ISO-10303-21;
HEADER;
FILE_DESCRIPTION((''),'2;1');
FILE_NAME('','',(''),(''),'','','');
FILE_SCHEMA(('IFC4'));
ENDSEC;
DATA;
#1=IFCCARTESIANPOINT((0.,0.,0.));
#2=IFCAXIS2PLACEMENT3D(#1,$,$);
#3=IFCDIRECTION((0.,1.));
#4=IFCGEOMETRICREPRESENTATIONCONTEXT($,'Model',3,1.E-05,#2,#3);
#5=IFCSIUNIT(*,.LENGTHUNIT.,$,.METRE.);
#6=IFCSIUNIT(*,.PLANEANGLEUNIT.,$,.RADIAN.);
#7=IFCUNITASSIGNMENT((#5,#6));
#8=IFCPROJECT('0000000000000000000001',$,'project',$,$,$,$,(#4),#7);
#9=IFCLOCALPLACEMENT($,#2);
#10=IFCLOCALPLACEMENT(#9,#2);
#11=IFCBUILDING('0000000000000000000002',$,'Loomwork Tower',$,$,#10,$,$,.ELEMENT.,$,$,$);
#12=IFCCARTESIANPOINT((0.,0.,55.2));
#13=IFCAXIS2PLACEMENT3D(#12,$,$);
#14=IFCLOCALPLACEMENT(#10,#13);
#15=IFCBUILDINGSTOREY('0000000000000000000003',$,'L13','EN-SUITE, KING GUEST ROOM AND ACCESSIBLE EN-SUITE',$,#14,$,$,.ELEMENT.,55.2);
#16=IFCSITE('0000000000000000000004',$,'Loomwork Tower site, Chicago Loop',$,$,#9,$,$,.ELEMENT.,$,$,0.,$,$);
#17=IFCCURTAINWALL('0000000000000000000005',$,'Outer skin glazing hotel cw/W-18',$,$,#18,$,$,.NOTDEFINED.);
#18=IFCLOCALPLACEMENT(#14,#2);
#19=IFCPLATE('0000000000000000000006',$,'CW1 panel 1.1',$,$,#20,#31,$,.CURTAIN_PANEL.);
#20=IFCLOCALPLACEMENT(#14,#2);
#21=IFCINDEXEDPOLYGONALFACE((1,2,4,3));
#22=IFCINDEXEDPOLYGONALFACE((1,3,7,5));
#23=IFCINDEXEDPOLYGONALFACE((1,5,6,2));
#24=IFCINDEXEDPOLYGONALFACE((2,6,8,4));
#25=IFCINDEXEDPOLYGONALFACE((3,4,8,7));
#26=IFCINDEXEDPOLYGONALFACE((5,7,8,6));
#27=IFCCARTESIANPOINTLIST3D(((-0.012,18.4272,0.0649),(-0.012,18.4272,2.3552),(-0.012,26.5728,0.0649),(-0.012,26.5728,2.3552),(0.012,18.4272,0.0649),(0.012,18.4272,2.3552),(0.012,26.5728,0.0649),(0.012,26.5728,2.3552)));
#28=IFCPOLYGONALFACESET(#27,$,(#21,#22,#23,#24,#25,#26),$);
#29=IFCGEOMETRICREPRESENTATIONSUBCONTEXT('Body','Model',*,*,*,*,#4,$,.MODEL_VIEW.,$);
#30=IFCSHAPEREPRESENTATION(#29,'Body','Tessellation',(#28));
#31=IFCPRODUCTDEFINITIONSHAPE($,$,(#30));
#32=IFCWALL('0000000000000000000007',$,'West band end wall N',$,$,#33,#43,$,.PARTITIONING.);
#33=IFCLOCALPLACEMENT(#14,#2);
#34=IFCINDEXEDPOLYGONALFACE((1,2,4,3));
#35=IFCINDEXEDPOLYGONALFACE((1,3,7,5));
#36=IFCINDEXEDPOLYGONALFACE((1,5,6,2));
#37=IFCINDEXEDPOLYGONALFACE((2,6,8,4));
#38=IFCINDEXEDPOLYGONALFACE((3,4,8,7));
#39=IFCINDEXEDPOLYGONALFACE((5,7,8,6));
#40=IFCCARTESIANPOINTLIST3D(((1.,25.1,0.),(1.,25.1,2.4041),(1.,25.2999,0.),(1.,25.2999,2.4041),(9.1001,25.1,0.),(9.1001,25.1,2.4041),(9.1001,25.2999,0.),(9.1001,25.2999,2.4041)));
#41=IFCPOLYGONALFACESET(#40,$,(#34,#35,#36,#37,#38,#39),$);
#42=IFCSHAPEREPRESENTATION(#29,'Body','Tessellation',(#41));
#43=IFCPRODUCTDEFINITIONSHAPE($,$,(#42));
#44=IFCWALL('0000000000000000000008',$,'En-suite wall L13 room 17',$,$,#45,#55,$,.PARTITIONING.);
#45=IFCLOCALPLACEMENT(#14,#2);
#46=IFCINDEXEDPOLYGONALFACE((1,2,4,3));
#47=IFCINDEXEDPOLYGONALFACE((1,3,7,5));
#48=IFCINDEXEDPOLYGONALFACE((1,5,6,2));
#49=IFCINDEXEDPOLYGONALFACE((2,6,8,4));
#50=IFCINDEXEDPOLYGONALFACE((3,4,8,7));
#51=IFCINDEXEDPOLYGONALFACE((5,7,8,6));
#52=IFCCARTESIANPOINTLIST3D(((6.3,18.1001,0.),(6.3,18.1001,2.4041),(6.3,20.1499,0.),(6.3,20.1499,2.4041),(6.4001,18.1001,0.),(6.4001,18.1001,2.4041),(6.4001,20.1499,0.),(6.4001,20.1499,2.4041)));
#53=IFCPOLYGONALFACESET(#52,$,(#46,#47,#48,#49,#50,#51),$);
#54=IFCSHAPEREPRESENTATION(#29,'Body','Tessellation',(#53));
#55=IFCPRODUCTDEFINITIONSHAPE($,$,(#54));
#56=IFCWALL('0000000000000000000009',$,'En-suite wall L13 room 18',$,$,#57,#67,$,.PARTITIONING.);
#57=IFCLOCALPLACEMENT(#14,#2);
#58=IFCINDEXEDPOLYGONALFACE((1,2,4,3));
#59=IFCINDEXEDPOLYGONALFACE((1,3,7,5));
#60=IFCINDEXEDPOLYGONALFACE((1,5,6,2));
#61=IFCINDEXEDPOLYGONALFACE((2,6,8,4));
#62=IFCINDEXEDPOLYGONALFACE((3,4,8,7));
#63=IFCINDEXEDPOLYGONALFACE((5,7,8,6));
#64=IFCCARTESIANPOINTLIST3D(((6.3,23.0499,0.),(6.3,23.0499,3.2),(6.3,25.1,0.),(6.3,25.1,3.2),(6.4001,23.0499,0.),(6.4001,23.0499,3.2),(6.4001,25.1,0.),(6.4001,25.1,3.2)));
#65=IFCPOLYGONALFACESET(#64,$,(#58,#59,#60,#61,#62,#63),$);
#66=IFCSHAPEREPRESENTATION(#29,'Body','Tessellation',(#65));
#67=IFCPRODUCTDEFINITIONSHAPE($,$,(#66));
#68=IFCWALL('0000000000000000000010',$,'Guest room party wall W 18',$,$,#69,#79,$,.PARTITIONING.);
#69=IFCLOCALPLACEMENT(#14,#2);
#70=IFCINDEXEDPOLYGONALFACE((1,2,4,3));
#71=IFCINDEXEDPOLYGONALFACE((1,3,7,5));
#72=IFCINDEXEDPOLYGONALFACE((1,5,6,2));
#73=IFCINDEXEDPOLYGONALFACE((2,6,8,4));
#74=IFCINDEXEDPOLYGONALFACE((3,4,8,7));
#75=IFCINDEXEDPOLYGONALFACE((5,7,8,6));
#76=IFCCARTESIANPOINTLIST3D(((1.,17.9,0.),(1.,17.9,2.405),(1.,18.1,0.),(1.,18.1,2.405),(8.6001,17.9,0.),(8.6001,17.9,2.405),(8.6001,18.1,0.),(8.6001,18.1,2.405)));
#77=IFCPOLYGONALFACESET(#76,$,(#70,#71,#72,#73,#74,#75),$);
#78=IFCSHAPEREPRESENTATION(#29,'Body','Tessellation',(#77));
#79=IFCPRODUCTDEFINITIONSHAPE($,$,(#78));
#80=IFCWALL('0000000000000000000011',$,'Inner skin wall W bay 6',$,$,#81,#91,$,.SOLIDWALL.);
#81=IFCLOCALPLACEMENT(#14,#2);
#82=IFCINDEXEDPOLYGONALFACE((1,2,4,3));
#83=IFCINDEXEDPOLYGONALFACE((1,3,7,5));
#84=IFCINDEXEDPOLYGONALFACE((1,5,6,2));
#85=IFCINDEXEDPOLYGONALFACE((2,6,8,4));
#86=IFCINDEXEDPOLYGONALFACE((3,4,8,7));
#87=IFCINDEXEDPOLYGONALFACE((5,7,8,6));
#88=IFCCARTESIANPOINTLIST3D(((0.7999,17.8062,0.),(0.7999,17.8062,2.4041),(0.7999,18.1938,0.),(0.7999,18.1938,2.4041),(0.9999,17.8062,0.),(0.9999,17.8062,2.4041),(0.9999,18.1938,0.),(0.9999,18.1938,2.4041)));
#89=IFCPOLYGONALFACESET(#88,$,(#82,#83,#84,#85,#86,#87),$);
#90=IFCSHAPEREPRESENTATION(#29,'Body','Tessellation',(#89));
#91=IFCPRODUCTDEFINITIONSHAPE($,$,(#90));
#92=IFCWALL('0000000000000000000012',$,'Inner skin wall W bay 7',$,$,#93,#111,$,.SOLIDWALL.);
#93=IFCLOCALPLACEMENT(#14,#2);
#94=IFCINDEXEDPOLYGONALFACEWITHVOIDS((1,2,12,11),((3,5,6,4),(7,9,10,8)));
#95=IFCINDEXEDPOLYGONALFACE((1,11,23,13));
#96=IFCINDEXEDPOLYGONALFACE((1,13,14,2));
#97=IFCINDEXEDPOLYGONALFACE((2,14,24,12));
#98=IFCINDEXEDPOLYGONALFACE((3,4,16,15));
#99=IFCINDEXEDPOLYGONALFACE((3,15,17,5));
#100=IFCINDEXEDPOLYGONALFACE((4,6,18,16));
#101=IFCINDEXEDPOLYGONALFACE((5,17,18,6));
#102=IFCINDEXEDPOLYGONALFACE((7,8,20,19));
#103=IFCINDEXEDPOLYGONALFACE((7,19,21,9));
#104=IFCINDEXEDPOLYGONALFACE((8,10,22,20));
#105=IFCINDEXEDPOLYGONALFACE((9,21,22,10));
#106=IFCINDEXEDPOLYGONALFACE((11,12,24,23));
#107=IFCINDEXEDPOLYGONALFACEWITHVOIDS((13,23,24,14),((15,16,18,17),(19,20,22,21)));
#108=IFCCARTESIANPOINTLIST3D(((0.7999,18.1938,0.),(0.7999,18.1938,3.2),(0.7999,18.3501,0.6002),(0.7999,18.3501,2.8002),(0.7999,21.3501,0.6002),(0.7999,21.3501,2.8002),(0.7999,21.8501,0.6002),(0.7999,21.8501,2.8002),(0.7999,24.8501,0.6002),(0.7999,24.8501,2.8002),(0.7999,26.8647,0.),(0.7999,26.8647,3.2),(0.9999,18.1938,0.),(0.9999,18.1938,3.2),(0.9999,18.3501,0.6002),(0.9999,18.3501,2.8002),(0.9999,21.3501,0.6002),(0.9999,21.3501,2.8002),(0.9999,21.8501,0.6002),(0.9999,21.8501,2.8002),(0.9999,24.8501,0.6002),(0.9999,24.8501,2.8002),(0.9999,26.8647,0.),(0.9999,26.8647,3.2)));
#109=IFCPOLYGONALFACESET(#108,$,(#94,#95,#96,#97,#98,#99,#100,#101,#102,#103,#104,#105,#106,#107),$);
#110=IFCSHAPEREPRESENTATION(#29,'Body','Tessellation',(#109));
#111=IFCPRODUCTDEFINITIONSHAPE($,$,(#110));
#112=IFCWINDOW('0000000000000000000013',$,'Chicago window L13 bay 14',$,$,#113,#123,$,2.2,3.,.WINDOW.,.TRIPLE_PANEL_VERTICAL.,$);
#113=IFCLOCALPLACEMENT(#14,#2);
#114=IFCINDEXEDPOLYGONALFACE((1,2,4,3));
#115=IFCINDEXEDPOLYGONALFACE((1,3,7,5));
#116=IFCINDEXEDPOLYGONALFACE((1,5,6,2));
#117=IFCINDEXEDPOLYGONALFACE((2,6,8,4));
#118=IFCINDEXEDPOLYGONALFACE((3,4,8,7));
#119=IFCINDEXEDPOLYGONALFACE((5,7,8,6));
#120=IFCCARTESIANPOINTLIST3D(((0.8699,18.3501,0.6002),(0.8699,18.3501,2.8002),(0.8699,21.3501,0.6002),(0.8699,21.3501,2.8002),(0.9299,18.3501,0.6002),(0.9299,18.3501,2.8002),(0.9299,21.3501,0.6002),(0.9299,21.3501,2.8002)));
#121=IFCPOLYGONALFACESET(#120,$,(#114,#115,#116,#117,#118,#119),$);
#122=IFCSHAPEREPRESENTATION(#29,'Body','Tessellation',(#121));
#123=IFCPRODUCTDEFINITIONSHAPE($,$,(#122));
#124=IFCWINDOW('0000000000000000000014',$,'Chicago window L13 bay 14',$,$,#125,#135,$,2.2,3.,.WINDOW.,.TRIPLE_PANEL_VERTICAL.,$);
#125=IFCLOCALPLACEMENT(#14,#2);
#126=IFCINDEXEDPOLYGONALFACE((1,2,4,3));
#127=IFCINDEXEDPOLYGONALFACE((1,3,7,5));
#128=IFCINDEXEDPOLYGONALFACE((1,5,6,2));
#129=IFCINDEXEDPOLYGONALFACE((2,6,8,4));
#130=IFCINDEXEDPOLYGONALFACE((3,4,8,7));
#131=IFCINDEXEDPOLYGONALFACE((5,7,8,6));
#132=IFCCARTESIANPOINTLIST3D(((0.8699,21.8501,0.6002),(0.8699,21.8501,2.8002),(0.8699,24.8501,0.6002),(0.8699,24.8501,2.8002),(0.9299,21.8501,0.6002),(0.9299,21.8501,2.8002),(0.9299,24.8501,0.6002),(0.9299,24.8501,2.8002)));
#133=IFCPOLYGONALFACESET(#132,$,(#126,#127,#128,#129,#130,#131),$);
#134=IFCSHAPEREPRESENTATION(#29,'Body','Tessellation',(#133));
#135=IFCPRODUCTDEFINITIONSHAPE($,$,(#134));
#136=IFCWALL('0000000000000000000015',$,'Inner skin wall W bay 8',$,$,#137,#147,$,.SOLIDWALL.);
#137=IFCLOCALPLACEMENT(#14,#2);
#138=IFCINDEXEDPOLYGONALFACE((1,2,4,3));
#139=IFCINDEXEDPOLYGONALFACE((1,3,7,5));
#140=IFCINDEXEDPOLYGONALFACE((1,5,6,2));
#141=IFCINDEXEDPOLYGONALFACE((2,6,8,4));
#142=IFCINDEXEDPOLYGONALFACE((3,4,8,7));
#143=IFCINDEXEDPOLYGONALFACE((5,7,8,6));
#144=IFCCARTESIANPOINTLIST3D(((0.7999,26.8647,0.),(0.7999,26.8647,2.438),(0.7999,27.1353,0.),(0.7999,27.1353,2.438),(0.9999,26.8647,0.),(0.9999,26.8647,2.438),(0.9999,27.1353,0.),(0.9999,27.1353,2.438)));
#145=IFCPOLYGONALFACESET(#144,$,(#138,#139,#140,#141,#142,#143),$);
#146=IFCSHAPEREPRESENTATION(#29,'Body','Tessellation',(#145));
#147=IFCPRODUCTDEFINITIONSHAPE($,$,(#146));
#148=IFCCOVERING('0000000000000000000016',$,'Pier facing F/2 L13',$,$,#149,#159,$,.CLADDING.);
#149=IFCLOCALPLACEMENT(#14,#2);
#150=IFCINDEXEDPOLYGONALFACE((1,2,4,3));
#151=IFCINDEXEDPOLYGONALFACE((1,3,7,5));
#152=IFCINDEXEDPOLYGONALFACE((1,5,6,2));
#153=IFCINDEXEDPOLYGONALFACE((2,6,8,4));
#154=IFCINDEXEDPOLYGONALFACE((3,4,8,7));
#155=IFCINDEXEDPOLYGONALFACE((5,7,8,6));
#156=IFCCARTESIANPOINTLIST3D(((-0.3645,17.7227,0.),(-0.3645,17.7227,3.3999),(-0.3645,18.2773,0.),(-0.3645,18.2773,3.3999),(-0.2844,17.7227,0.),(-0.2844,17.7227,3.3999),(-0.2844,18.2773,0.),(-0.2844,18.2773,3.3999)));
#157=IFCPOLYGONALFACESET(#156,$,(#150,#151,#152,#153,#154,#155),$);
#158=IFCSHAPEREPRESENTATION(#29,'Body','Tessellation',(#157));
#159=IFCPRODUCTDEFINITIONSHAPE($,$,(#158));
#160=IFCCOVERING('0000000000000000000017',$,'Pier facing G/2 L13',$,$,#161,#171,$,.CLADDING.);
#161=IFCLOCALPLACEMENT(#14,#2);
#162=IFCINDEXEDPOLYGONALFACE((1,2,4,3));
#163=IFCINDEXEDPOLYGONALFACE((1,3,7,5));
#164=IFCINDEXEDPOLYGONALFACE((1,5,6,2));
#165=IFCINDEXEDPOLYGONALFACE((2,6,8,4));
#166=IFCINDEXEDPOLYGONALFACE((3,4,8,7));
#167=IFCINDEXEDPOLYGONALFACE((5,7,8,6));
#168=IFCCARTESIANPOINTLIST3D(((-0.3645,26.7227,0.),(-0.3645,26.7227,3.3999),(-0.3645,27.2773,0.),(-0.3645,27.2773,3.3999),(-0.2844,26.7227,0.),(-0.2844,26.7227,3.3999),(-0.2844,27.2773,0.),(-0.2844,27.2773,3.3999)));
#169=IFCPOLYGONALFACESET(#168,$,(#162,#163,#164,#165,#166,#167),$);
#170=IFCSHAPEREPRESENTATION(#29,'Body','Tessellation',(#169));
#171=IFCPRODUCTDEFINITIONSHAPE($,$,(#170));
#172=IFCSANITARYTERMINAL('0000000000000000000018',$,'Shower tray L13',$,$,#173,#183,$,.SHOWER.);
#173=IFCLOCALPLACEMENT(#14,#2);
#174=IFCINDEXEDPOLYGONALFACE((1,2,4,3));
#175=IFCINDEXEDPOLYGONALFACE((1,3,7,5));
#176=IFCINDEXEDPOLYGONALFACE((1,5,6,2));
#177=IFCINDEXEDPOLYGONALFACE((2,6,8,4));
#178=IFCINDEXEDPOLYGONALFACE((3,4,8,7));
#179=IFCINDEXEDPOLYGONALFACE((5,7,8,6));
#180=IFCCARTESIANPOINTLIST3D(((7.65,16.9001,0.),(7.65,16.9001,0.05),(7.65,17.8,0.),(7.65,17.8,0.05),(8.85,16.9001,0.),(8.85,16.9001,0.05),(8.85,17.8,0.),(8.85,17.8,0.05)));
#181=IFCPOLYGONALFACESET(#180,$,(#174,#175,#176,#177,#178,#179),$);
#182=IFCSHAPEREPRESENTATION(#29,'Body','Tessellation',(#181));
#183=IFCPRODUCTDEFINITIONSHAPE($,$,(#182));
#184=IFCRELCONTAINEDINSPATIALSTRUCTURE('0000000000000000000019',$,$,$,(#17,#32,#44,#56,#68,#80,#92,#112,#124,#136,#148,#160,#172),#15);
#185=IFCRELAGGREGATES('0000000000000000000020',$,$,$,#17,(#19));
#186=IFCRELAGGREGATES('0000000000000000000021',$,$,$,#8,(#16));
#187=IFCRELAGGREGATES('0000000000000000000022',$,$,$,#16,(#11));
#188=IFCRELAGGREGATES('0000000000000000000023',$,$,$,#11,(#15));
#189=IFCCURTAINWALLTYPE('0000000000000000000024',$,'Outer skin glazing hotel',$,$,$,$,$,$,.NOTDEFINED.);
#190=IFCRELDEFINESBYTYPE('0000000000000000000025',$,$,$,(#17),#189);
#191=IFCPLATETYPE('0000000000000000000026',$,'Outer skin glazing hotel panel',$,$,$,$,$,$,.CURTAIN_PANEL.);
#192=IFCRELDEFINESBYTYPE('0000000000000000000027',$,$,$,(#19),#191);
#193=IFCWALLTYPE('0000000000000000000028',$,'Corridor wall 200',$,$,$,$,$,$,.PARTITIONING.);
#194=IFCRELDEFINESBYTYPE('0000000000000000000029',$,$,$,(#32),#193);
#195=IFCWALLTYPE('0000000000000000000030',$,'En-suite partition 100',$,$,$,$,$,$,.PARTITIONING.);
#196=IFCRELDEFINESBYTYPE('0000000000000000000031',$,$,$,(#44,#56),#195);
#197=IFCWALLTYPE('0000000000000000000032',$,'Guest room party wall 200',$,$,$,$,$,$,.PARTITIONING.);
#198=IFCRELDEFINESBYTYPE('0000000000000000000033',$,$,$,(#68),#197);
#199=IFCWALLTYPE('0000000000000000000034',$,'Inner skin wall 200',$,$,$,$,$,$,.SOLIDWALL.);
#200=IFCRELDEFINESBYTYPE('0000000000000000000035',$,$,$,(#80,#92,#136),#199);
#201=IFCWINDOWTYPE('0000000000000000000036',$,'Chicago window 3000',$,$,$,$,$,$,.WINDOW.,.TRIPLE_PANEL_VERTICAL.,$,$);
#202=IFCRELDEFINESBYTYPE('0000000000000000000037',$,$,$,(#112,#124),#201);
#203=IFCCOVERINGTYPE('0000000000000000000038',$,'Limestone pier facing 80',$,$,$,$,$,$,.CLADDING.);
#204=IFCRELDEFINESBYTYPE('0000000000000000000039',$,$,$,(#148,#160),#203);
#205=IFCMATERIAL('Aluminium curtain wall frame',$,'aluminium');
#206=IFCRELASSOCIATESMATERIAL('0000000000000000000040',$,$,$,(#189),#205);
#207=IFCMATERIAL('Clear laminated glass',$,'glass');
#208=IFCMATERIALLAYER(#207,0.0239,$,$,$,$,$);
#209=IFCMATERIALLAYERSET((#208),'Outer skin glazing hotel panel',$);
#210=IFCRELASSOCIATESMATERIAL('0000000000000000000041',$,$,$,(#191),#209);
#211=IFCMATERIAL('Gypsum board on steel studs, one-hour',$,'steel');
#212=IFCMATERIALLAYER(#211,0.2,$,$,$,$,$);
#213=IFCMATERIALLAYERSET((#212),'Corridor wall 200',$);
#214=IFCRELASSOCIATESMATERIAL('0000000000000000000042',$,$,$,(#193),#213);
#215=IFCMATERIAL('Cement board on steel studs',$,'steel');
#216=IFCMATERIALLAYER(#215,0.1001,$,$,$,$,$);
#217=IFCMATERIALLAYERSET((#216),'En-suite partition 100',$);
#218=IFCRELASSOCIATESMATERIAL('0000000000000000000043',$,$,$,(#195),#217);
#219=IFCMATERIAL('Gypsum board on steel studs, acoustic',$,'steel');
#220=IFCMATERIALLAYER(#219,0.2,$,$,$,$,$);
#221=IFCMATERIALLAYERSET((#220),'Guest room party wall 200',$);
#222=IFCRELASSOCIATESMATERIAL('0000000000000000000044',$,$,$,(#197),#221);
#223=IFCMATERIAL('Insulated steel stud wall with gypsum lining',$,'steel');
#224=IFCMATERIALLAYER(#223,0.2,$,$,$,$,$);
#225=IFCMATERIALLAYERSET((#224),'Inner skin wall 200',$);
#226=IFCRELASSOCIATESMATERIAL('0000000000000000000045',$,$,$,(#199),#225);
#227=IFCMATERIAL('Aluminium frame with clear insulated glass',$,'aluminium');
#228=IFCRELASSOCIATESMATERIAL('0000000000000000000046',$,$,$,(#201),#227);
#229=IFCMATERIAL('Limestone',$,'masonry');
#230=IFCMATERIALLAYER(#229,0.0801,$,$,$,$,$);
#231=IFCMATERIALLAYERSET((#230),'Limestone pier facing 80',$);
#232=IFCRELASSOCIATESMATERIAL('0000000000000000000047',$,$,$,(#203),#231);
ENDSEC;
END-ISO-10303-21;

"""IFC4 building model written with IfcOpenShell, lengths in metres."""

from ifc_helpers import new_model, si_unit, direction, frame, frame_2d, origin, origin_2d, place, context, subcontext, project, spatial, rectangle, extrude, material, layer, layer_set, type_object, element, fill, aggregate, save


model = new_model("IFC4")

# Units and contexts
model_context = context("Model", 3, precision=1e-05, world=origin(), true_north=direction((0.0, 1.0)))
body_context = subcontext(model_context, "Body", "Model", "MODEL_VIEW")
ifc_project = project(units=[si_unit("LENGTHUNIT", "METRE"), si_unit("PLANEANGLEUNIT", "RADIAN")], contexts=[model_context])

# Site, building, storey
site_placement = place(None, origin())
site = spatial("IfcSite", under=ifc_project, at=site_placement, Name="Loomwork Tower site, Chicago Loop", CompositionType="ELEMENT", RefElevation=0.0)
building_placement = place(site_placement, origin())
building = spatial("IfcBuilding", under=site, at=building_placement, Name="Loomwork Tower", CompositionType="ELEMENT")
storey_placement = place(building_placement, frame((0.0, 0.0, 55.2)))
storey = spatial("IfcBuildingStorey", under=building, at=storey_placement, Name="L13", Description="EN-SUITE, KING GUEST ROOM AND ACCESSIBLE EN-SUITE", CompositionType="ELEMENT", Elevation=55.2)

# Shared definitions
ifc_material_1 = material(Name="Aluminium curtain wall frame", Category="aluminium")
curtain_wall_type = type_object("IfcCurtainWallType", Name="Outer skin glazing hotel", PredefinedType="NOTDEFINED", material=ifc_material_1)

# Curtain wall
curtain_wall_1_placement = place(storey_placement, origin())
curtain_wall_1 = element("IfcCurtainWall", 1, at=curtain_wall_1_placement, inside=storey, type_object=curtain_wall_type, Name="Outer skin glazing hotel cw/W-18", PredefinedType="NOTDEFINED")

# Plate
ifc_material_2 = material(Name="Clear laminated glass", Category="glass")
ifc_layer_1 = layer(ifc_material_2, 0.0239)
ifc_layer_set_1 = layer_set([ifc_layer_1], Name="Outer skin glazing hotel panel")
plate_type = type_object("IfcPlateType", Name="Outer skin glazing hotel panel", PredefinedType="CURTAIN_PANEL", material=ifc_layer_set_1)
plate_placement = place(storey_placement, frame((0.0, 22.5, 0.0649), z_axis=(0.0, 0.0, 1.0), x_axis=(0.0, -1.0, 0.0)))
plate = element("IfcPlate", 2, at=plate_placement, type_object=plate_type, Name="CW1 panel 1.1", PredefinedType="CURTAIN_PANEL", context=body_context, shape_type="SweptSolid", body=[
    extrude(rectangle(XDim=8.1455, YDim=0.0239, at=origin_2d()), origin(), (0.0, 0.0, 1.0), 2.2903),
])
aggregate(curtain_wall_1, [plate])

# Walls
ifc_material_3 = material(Name="Gypsum board on steel studs, one-hour", Category="steel")
ifc_layer_2 = layer(ifc_material_3, 0.2)
ifc_layer_set_2 = layer_set([ifc_layer_2], Name="Corridor wall 200")
wall_type_1 = type_object("IfcWallType", Name="Corridor wall 200", PredefinedType="PARTITIONING", material=ifc_layer_set_2)
wall_1_placement = place(storey_placement, frame((1.0, 25.2, 0.0), z_axis=(0.0, 0.0, 1.0), x_axis=(1.0, 0.0, 0.0)))
element("IfcWall", 3, at=wall_1_placement, inside=storey, type_object=wall_type_1, Name="West band end wall N", PredefinedType="PARTITIONING", context=body_context, shape_type="SweptSolid", body=[
    extrude(rectangle(XDim=8.1001, YDim=0.2, at=frame_2d((4.05, 0.0))), origin(), (0.0, 0.0, 1.0), 2.4041),
])
ifc_material_4 = material(Name="Cement board on steel studs", Category="steel")
ifc_layer_3 = layer(ifc_material_4, 0.1001)
ifc_layer_set_3 = layer_set([ifc_layer_3], Name="En-suite partition 100")
wall_type_2 = type_object("IfcWallType", Name="En-suite partition 100", PredefinedType="PARTITIONING", material=ifc_layer_set_3)
wall_2_placement = place(storey_placement, frame((6.3501, 18.1001, 0.0), z_axis=(0.0, 0.0, 1.0), x_axis=(0.0, 1.0, 0.0)))
element("IfcWall", 4, at=wall_2_placement, inside=storey, type_object=wall_type_2, Name="En-suite wall L13 room 17", PredefinedType="PARTITIONING", context=body_context, shape_type="SweptSolid", body=[
    extrude(rectangle(XDim=2.0498, YDim=0.1001, at=frame_2d((1.0249, 0.0))), origin(), (0.0, 0.0, 1.0), 2.4041),
])
wall_3_placement = place(storey_placement, frame((6.3501, 23.05, 0.0), z_axis=(0.0, 0.0, 1.0), x_axis=(0.0, 1.0, 0.0)))
element("IfcWall", 5, at=wall_3_placement, inside=storey, type_object=wall_type_2, Name="En-suite wall L13 room 18", PredefinedType="PARTITIONING", context=body_context, shape_type="SweptSolid", body=[
    extrude(rectangle(XDim=2.05, YDim=0.1001, at=frame_2d((1.0249, 0.0))), origin(), (0.0, 0.0, 1.0), 3.2),
])
ifc_material_5 = material(Name="Gypsum board on steel studs, acoustic", Category="steel")
ifc_layer_4 = layer(ifc_material_5, 0.2)
ifc_layer_set_4 = layer_set([ifc_layer_4], Name="Guest room party wall 200")
wall_type_3 = type_object("IfcWallType", Name="Guest room party wall 200", PredefinedType="PARTITIONING", material=ifc_layer_set_4)
wall_4_placement = place(storey_placement, frame((8.6001, 18.0, 0.0), z_axis=(0.0, 0.0, 1.0), x_axis=(-1.0, 0.0, 0.0)))
element("IfcWall", 6, at=wall_4_placement, inside=storey, type_object=wall_type_3, Name="Guest room party wall W 18", PredefinedType="PARTITIONING", context=body_context, shape_type="SweptSolid", body=[
    extrude(rectangle(XDim=7.6001, YDim=0.2, at=frame_2d((3.8, 0.0))), origin(), (0.0, 0.0, 1.0), 2.405),
])
ifc_material_6 = material(Name="Insulated steel stud wall with gypsum lining", Category="steel")
ifc_layer_5 = layer(ifc_material_6, 0.2)
ifc_layer_set_5 = layer_set([ifc_layer_5], Name="Inner skin wall 200")
wall_type_4 = type_object("IfcWallType", Name="Inner skin wall 200", PredefinedType="SOLIDWALL", material=ifc_layer_set_5)
wall_5_placement = place(storey_placement, frame((0.8999, 17.8062, 0.0), z_axis=(0.0, 0.0, 1.0), x_axis=(0.0, 1.0, 0.0)))
element("IfcWall", 7, at=wall_5_placement, inside=storey, type_object=wall_type_4, Name="Inner skin wall W bay 6", PredefinedType="SOLIDWALL", context=body_context, shape_type="SweptSolid", body=[
    extrude(rectangle(XDim=0.3877, YDim=0.2, at=frame_2d((0.1938, 0.0))), origin(), (0.0, 0.0, 1.0), 2.4041),
])

# Wall, openings, windows
wall_6_placement = place(storey_placement, frame((0.8999, 18.1938, 0.0), z_axis=(0.0, 0.0, 1.0), x_axis=(0.0, 1.0, 0.0)))
wall_6 = element("IfcWall", 8, at=wall_6_placement, inside=storey, type_object=wall_type_4, Name="Inner skin wall W bay 7", PredefinedType="SOLIDWALL", context=body_context, shape_type="SweptSolid", body=[
    extrude(rectangle(XDim=8.6709, YDim=0.2, at=frame_2d((4.3354, 0.0))), origin(), (0.0, 0.0, 1.0), 3.2),
])
opening_1_placement = place(wall_6_placement, frame((0.1562, 0.0, 0.6001)))
opening_1 = element("IfcOpeningElement", 9, at=opening_1_placement, cuts=wall_6, PredefinedType="OPENING", context=body_context, shape_type="SweptSolid", body=[
    extrude(rectangle(XDim=3.0, YDim=2.2, at=frame_2d((1.5, 1.1001))), frame((0.0, 0.1099, 0.0), z_axis=(0.0, -1.0, 0.0), x_axis=(1.0, 0.0, 0.0)), (0.0, 0.0, 1.0), 0.22),
])
opening_2_placement = place(wall_6_placement, frame((3.6562, 0.0, 0.6001)))
opening_2 = element("IfcOpeningElement", 10, at=opening_2_placement, cuts=wall_6, PredefinedType="OPENING", context=body_context, shape_type="SweptSolid", body=[
    extrude(rectangle(XDim=3.0, YDim=2.2, at=frame_2d((1.5, 1.1001))), frame((0.0, 0.1099, 0.0), z_axis=(0.0, -1.0, 0.0), x_axis=(1.0, 0.0, 0.0)), (0.0, 0.0, 1.0), 0.22),
])
ifc_material_7 = material(Name="Aluminium frame with clear insulated glass", Category="aluminium")
window_type = type_object("IfcWindowType", Name="Chicago window 3000", PartitioningType="TRIPLE_PANEL_VERTICAL", PredefinedType="WINDOW", material=ifc_material_7)
window_1_placement = place(opening_1_placement, origin())
window_1 = element("IfcWindow", 11, at=window_1_placement, inside=storey, type_object=window_type, Name="Chicago window L13 bay 14", OverallHeight=2.2, OverallWidth=3.0, PartitioningType="TRIPLE_PANEL_VERTICAL", PredefinedType="WINDOW", context=body_context, shape_type="SweptSolid", body=[
    extrude(rectangle(XDim=3.0, YDim=2.2, at=frame_2d((1.5, 1.1001))), frame((0.0, 0.03, 0.0), z_axis=(0.0, -1.0, 0.0), x_axis=(1.0, 0.0, 0.0)), (0.0, 0.0, 1.0), 0.0601),
])
fill(opening_1, window_1)
window_2_placement = place(opening_2_placement, origin())
window_2 = element("IfcWindow", 12, at=window_2_placement, inside=storey, type_object=window_type, Name="Chicago window L13 bay 14", OverallHeight=2.2, OverallWidth=3.0, PartitioningType="TRIPLE_PANEL_VERTICAL", PredefinedType="WINDOW", context=body_context, shape_type="SweptSolid", body=[
    extrude(rectangle(XDim=3.0, YDim=2.2, at=frame_2d((1.5, 1.1001))), frame((0.0, 0.03, 0.0), z_axis=(0.0, -1.0, 0.0), x_axis=(1.0, 0.0, 0.0)), (0.0, 0.0, 1.0), 0.0601),
])
fill(opening_2, window_2)

# Wall
wall_7_placement = place(storey_placement, frame((0.8999, 26.8647, 0.0), z_axis=(0.0, 0.0, 1.0), x_axis=(0.0, 1.0, 0.0)))
element("IfcWall", 13, at=wall_7_placement, inside=storey, type_object=wall_type_4, Name="Inner skin wall W bay 8", PredefinedType="SOLIDWALL", context=body_context, shape_type="SweptSolid", body=[
    extrude(rectangle(XDim=0.2705, YDim=0.2, at=frame_2d((0.1353, 0.0))), origin(), (0.0, 0.0, 1.0), 2.438),
])

# Coverings
ifc_material_8 = material(Name="Limestone", Category="masonry")
ifc_layer_6 = layer(ifc_material_8, 0.0801)
ifc_layer_set_6 = layer_set([ifc_layer_6], Name="Limestone pier facing 80")
covering_type = type_object("IfcCoveringType", Name="Limestone pier facing 80", PredefinedType="CLADDING", material=ifc_layer_set_6)
for number, where, z_axis, x_axis, name in (
    (14, (-0.3245, 18.0, 0.0), (0.0, 0.0, 1.0), (1.0, 0.0, 0.0), "Pier facing F/2 L13"),
    (15, (-0.3245, 27.0, 0.0), (0.0, 0.0, 1.0), (1.0, 0.0, 0.0), "Pier facing G/2 L13"),
):
    element("IfcCovering", number, at=place(storey_placement, frame(where, z_axis=z_axis, x_axis=x_axis)), inside=storey, type_object=covering_type, Name=name, PredefinedType="CLADDING", context=body_context, shape_type="SweptSolid", body=[
        extrude(rectangle(XDim=0.0801, YDim=0.5547, at=origin_2d()), origin(), (0.0, 0.0, 1.0), 3.3999),
    ])

# Sanitary terminal
sanitary_terminal_1_placement = place(storey_placement, frame((8.25, 17.3501, 0.0), z_axis=(0.0, 0.0, 1.0), x_axis=(1.0, 0.0, 0.0)))
element("IfcSanitaryTerminal", 16, at=sanitary_terminal_1_placement, inside=storey, Name="Shower tray L13", PredefinedType="SHOWER", context=body_context, shape_type="SweptSolid", body=[
    extrude(rectangle(XDim=1.2, YDim=0.8999, at=origin_2d()), origin(), (0.0, 0.0, 1.0), 0.05),
])

save(model, "model.ifc")
